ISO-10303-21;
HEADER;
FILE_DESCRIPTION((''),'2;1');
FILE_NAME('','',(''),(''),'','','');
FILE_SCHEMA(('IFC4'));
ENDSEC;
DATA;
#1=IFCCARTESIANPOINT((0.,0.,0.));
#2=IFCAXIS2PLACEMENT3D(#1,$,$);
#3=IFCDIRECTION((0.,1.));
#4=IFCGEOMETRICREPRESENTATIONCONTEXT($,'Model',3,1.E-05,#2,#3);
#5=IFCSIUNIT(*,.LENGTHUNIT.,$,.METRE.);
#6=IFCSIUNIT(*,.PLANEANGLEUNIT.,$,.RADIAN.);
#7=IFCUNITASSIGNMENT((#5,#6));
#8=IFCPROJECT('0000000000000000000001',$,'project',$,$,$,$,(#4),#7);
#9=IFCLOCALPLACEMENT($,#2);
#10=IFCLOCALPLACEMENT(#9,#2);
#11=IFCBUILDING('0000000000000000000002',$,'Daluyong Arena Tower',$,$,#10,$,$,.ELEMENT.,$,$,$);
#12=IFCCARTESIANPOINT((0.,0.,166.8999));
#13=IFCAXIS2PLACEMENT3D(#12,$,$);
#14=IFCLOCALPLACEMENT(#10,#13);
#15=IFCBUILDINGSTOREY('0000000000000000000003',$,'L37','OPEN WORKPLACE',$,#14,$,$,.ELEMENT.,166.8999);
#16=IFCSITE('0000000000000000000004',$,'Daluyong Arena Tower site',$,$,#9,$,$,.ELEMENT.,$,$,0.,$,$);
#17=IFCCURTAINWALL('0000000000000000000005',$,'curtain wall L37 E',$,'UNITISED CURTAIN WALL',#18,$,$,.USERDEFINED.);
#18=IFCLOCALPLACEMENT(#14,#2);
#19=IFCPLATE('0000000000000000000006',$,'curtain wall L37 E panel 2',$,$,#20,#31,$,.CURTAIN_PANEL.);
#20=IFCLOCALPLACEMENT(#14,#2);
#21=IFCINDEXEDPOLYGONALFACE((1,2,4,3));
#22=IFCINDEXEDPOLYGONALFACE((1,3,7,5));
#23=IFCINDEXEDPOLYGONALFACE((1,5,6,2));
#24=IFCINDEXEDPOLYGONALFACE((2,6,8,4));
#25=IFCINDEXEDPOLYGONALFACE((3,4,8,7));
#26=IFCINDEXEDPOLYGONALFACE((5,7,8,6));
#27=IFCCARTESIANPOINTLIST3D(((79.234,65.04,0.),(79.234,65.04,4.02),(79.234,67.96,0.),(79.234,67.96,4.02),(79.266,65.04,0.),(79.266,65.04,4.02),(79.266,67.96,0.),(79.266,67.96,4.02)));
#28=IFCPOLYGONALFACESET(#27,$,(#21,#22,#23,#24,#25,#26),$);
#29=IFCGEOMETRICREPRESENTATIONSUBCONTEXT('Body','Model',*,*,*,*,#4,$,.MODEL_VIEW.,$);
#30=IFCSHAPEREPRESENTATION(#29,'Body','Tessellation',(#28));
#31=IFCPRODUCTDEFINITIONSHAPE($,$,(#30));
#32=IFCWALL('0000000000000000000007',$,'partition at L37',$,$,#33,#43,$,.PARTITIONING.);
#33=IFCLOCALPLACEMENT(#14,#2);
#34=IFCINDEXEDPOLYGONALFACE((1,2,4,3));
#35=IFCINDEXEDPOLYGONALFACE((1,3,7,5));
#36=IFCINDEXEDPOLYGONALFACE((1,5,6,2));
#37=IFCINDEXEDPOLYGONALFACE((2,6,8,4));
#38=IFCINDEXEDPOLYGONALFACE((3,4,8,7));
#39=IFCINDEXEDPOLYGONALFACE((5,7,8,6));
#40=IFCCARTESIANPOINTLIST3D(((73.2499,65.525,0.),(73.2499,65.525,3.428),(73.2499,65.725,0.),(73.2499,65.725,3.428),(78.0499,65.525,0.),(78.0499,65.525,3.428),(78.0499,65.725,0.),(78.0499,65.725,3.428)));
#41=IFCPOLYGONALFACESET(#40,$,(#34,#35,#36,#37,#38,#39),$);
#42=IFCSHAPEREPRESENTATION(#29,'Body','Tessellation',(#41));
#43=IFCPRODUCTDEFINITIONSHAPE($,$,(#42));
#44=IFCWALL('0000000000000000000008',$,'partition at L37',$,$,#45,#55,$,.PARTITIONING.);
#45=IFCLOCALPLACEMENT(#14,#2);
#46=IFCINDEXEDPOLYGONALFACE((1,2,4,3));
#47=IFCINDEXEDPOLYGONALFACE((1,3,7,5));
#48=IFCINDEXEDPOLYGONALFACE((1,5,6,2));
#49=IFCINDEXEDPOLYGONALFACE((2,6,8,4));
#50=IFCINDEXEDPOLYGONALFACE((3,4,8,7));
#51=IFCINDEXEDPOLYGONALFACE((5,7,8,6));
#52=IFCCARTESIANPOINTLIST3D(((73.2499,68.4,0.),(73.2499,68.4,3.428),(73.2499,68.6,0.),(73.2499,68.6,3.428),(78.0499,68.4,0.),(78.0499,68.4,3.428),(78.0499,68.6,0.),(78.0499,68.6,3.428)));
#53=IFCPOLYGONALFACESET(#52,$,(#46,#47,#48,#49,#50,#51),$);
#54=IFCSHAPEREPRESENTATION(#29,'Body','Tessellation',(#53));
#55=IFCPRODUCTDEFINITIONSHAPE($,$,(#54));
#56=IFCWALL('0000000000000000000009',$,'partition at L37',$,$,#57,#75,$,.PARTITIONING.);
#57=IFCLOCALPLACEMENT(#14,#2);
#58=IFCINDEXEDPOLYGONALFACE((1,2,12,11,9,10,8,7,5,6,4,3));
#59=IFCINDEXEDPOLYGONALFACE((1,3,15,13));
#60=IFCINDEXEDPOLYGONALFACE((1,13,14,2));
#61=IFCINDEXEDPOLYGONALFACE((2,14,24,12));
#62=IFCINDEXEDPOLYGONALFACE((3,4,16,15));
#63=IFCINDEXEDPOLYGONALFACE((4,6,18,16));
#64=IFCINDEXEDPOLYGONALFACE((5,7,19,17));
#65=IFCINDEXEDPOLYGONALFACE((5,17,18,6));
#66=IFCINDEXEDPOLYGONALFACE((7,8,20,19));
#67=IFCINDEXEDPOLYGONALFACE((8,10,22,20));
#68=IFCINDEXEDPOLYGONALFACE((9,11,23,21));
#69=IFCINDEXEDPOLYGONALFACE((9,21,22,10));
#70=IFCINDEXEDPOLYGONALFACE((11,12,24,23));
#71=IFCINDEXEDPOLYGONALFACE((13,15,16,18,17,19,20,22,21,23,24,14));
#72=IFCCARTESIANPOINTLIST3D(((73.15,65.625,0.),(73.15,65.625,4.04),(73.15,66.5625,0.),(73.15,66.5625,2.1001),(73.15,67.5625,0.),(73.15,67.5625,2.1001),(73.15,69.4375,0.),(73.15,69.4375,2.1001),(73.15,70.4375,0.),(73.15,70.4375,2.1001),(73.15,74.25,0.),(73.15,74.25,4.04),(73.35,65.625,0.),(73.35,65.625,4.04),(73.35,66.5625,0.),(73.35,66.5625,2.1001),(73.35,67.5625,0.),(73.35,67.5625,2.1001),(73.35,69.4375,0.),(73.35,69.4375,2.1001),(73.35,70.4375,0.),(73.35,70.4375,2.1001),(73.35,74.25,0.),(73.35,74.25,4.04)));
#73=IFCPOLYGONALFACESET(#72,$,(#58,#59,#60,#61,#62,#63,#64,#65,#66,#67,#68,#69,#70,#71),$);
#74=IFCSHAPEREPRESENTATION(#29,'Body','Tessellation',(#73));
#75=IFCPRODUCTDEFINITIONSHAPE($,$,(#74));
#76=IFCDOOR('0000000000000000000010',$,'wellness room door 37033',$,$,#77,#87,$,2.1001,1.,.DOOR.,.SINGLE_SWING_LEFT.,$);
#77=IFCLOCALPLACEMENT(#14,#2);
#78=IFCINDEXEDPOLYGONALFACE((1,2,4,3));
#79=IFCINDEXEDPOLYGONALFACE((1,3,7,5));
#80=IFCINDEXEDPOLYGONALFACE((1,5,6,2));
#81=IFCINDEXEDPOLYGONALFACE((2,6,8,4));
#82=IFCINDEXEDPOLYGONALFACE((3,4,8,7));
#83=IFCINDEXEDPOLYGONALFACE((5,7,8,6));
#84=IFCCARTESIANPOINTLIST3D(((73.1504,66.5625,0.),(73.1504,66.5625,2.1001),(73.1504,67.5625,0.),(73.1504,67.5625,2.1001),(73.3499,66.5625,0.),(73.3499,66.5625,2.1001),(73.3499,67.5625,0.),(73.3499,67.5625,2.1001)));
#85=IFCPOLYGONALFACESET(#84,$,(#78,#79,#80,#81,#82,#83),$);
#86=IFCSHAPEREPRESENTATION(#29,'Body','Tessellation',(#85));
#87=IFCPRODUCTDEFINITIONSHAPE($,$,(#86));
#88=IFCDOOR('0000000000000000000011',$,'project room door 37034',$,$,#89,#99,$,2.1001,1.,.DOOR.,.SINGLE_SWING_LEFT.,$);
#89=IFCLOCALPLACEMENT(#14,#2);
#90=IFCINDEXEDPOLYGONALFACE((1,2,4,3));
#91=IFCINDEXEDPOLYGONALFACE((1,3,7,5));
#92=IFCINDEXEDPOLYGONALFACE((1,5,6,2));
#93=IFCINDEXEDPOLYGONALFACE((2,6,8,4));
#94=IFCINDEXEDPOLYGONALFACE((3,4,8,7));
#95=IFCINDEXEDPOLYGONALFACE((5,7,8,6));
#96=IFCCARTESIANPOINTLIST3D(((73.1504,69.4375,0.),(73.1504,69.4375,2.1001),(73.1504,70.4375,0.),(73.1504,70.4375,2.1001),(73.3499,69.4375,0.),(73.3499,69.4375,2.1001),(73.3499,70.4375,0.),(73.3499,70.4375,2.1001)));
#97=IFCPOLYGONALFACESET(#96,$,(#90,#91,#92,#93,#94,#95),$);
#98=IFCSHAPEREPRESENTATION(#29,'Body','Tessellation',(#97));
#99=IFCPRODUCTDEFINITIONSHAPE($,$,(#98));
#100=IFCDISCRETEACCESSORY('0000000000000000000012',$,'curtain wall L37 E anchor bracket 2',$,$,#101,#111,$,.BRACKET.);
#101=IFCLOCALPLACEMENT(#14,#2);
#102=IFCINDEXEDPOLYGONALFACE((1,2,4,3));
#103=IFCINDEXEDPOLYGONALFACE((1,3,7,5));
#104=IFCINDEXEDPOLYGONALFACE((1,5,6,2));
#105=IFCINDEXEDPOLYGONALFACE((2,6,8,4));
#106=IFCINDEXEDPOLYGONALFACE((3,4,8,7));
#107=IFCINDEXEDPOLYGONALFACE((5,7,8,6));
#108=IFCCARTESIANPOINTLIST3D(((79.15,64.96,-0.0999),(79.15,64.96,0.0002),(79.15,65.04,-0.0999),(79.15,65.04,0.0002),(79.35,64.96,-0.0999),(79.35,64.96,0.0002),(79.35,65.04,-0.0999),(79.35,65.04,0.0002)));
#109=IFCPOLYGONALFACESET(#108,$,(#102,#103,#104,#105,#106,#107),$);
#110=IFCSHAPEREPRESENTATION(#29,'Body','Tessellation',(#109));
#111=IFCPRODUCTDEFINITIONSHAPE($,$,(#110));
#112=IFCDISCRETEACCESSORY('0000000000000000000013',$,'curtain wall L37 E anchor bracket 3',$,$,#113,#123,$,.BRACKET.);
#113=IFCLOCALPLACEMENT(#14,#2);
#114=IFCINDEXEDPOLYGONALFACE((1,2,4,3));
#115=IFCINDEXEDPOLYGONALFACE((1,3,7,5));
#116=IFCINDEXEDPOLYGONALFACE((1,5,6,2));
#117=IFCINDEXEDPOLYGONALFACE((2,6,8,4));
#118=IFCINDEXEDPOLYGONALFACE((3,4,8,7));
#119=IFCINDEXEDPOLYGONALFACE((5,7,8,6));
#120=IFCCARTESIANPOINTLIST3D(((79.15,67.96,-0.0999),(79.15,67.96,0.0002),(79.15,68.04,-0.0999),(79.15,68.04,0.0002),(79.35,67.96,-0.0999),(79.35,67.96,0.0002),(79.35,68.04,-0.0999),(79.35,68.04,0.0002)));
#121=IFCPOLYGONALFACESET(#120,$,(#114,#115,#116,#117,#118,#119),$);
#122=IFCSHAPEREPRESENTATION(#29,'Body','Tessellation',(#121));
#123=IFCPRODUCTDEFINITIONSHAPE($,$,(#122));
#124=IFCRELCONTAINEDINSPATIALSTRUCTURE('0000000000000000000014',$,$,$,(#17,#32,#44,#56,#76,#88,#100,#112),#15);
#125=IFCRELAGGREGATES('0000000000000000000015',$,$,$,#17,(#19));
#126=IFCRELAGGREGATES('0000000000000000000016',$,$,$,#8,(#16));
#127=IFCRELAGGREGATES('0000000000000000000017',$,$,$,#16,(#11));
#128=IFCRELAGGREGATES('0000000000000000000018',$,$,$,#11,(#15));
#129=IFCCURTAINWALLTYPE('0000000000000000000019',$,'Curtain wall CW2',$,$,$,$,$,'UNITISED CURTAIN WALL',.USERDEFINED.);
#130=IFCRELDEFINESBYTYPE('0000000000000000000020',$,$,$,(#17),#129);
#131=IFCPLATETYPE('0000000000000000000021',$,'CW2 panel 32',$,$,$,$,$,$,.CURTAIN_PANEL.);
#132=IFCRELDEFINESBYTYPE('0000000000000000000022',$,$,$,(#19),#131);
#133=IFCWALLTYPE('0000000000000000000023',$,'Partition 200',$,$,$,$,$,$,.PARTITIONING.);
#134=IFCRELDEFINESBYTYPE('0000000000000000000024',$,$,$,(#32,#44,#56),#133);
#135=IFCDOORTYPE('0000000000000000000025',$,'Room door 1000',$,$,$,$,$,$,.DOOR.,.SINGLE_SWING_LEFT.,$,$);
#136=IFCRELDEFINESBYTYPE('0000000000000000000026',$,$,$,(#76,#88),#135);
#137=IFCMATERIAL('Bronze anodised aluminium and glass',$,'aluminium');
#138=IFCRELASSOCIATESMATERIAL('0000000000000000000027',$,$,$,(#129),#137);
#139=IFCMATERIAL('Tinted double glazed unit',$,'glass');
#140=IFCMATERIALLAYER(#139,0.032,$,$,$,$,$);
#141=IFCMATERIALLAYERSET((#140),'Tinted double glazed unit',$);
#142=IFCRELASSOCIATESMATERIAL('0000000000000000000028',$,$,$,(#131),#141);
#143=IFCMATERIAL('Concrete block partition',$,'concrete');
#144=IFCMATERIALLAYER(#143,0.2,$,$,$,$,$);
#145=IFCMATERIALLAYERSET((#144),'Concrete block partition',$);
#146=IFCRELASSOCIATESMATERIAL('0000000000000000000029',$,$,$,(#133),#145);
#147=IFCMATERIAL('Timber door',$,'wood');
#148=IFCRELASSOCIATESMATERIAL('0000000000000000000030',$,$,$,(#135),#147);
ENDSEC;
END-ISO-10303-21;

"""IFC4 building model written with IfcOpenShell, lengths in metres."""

from ifc_helpers import new_model, si_unit, direction, frame, frame_2d, origin, origin_2d, place, context, subcontext, project, spatial, rectangle, extrude, material, layer, layer_set, type_object, element, fill, aggregate, save


model = new_model("IFC4")

# Units and contexts
model_context = context("Model", 3, precision=1e-05, world=origin(), true_north=direction((0.0, 1.0)))
body_context = subcontext(model_context, "Body", "Model", "MODEL_VIEW")
ifc_project = project(units=[si_unit("LENGTHUNIT", "METRE"), si_unit("PLANEANGLEUNIT", "RADIAN")], contexts=[model_context])

# Site, building, storey
site_placement = place(None, origin())
site = spatial("IfcSite", under=ifc_project, at=site_placement, Name="Daluyong Arena Tower site", CompositionType="ELEMENT", RefElevation=0.0)
building_placement = place(site_placement, origin())
building = spatial("IfcBuilding", under=site, at=building_placement, Name="Daluyong Arena Tower", CompositionType="ELEMENT")
storey_placement = place(building_placement, frame((0.0, 0.0, 166.8999)))
storey = spatial("IfcBuildingStorey", under=building, at=storey_placement, Name="L37", Description="OPEN WORKPLACE", CompositionType="ELEMENT", Elevation=166.8999)

# Curtain wall
ifc_material_1 = material(Name="Bronze anodised aluminium and glass", Category="aluminium")
curtain_wall_type = type_object("IfcCurtainWallType", Name="Curtain wall CW2", ElementType="UNITISED CURTAIN WALL", PredefinedType="USERDEFINED", material=ifc_material_1)
curtain_wall_placement = place(storey_placement, origin())
curtain_wall = element("IfcCurtainWall", 1, at=curtain_wall_placement, inside=storey, type_object=curtain_wall_type, Name="curtain wall L37 E", ObjectType="UNITISED CURTAIN WALL", PredefinedType="USERDEFINED")

# Plate
ifc_material_2 = material(Name="Tinted double glazed unit", Category="glass")
ifc_layer_1 = layer(ifc_material_2, 0.032)
ifc_layer_set_1 = layer_set([ifc_layer_1], Name="Tinted double glazed unit")
plate_type = type_object("IfcPlateType", Name="CW2 panel 32", PredefinedType="CURTAIN_PANEL", material=ifc_layer_set_1)
plate_1_placement = place(storey_placement, frame((79.25, 66.5, 0.0), z_axis=(0.0, 0.0, 1.0), x_axis=(0.0, 1.0, 0.0)))
plate_1 = element("IfcPlate", 2, at=plate_1_placement, type_object=plate_type, Name="curtain wall L37 E panel 2", PredefinedType="CURTAIN_PANEL", context=body_context, shape_type="SweptSolid", body=[
    extrude(rectangle(XDim=2.9199, YDim=0.032, at=origin_2d()), origin(), (0.0, 0.0, 1.0), 4.02),
])
aggregate(curtain_wall, [plate_1])

# Walls
ifc_material_3 = material(Name="Concrete block partition", Category="concrete")
ifc_layer_2 = layer(ifc_material_3, 0.2)
ifc_layer_set_2 = layer_set([ifc_layer_2], Name="Concrete block partition")
wall_type_1 = type_object("IfcWallType", Name="Partition 200", PredefinedType="PARTITIONING", material=ifc_layer_set_2)
for number, where, z_axis, x_axis, name in (
    (3, (73.25, 65.625, 0.0), (0.0, 0.0, 1.0), (1.0, 0.0, 0.0), "partition at L37"),
    (4, (73.25, 68.5, 0.0), (0.0, 0.0, 1.0), (1.0, 0.0, 0.0), "partition at L37"),
):
    element("IfcWall", number, at=place(storey_placement, frame(where, z_axis=z_axis, x_axis=x_axis)), inside=storey, type_object=wall_type_1, Name=name, PredefinedType="PARTITIONING", context=body_context, shape_type="SweptSolid", body=[
        extrude(rectangle(XDim=4.8, YDim=0.2, at=frame_2d((2.3999, 0.0))), origin(), (0.0, 0.0, 1.0), 3.428),
    ])

# Wall, openings, doors
wall_1_placement = place(storey_placement, frame((73.25, 65.625, 0.0), z_axis=(0.0, 0.0, 1.0), x_axis=(0.0, 1.0, 0.0)))
wall_1 = element("IfcWall", 5, at=wall_1_placement, inside=storey, type_object=wall_type_1, Name="partition at L37", PredefinedType="PARTITIONING", context=body_context, shape_type="SweptSolid", body=[
    extrude(rectangle(XDim=8.625, YDim=0.2, at=frame_2d((4.3125, 0.0))), origin(), (0.0, 0.0, 1.0), 4.04),
])
opening_1_placement = place(wall_1_placement, frame((0.9375, 0.0, 0.0)))
opening_1 = element("IfcOpeningElement", 6, at=opening_1_placement, cuts=wall_1, PredefinedType="OPENING", context=body_context, shape_type="SweptSolid", body=[
    extrude(rectangle(XDim=1.0, YDim=2.1001, at=frame_2d((0.5, 1.05))), frame((0.0, 0.1099, 0.0), z_axis=(0.0, -1.0, 0.0), x_axis=(1.0, 0.0, 0.0)), (0.0, 0.0, 1.0), 0.22),
])
opening_2_placement = place(wall_1_placement, frame((3.8125, 0.0, 0.0)))
opening_2 = element("IfcOpeningElement", 7, at=opening_2_placement, cuts=wall_1, PredefinedType="OPENING", context=body_context, shape_type="SweptSolid", body=[
    extrude(rectangle(XDim=1.0, YDim=2.1001, at=frame_2d((0.5, 1.05))), frame((0.0, 0.1099, 0.0), z_axis=(0.0, -1.0, 0.0), x_axis=(1.0, 0.0, 0.0)), (0.0, 0.0, 1.0), 0.22),
])
ifc_material_4 = material(Name="Timber door", Category="wood")
door_type_1 = type_object("IfcDoorType", Name="Room door 1000", OperationType="SINGLE_SWING_LEFT", PredefinedType="DOOR", material=ifc_material_4)
door_1_placement = place(opening_1_placement, origin())
door_1 = element("IfcDoor", 8, at=door_1_placement, inside=storey, type_object=door_type_1, Name="wellness room door 37033", OperationType="SINGLE_SWING_LEFT", OverallHeight=2.1001, OverallWidth=1.0, PredefinedType="DOOR", context=body_context, shape_type="SweptSolid", body=[
    extrude(rectangle(XDim=1.0, YDim=2.1001, at=frame_2d((0.5, 1.05))), frame((0.0, 0.0996, 0.0), z_axis=(0.0, -1.0, 0.0), x_axis=(1.0, 0.0, 0.0)), (0.0, 0.0, 1.0), 0.1995),
])
fill(opening_1, door_1)
door_2_placement = place(opening_2_placement, origin())
door_2 = element("IfcDoor", 9, at=door_2_placement, inside=storey, type_object=door_type_1, Name="project room door 37034", OperationType="SINGLE_SWING_LEFT", OverallHeight=2.1001, OverallWidth=1.0, PredefinedType="DOOR", context=body_context, shape_type="SweptSolid", body=[
    extrude(rectangle(XDim=1.0, YDim=2.1001, at=frame_2d((0.5, 1.05))), frame((0.0, 0.0996, 0.0), z_axis=(0.0, -1.0, 0.0), x_axis=(1.0, 0.0, 0.0)), (0.0, 0.0, 1.0), 0.1995),
])
fill(opening_2, door_2)

# Discrete accessories
for number, where, z_axis, x_axis, name in (
    (10, (79.25, 65.0, -0.0999), (0.0, 0.0, 1.0), (0.0, 1.0, 0.0), "curtain wall L37 E anchor bracket 2"),
    (11, (79.25, 68.0, -0.0999), (0.0, 0.0, 1.0), (0.0, 1.0, 0.0), "curtain wall L37 E anchor bracket 3"),
):
    element("IfcDiscreteAccessory", number, at=place(storey_placement, frame(where, z_axis=z_axis, x_axis=x_axis)), inside=storey, Name=name, PredefinedType="BRACKET", context=body_context, shape_type="SweptSolid", body=[
        extrude(rectangle(XDim=0.0801, YDim=0.2, at=origin_2d()), origin(), (0.0, 0.0, 1.0), 0.1001),
    ])

save(model, "model.ifc")
